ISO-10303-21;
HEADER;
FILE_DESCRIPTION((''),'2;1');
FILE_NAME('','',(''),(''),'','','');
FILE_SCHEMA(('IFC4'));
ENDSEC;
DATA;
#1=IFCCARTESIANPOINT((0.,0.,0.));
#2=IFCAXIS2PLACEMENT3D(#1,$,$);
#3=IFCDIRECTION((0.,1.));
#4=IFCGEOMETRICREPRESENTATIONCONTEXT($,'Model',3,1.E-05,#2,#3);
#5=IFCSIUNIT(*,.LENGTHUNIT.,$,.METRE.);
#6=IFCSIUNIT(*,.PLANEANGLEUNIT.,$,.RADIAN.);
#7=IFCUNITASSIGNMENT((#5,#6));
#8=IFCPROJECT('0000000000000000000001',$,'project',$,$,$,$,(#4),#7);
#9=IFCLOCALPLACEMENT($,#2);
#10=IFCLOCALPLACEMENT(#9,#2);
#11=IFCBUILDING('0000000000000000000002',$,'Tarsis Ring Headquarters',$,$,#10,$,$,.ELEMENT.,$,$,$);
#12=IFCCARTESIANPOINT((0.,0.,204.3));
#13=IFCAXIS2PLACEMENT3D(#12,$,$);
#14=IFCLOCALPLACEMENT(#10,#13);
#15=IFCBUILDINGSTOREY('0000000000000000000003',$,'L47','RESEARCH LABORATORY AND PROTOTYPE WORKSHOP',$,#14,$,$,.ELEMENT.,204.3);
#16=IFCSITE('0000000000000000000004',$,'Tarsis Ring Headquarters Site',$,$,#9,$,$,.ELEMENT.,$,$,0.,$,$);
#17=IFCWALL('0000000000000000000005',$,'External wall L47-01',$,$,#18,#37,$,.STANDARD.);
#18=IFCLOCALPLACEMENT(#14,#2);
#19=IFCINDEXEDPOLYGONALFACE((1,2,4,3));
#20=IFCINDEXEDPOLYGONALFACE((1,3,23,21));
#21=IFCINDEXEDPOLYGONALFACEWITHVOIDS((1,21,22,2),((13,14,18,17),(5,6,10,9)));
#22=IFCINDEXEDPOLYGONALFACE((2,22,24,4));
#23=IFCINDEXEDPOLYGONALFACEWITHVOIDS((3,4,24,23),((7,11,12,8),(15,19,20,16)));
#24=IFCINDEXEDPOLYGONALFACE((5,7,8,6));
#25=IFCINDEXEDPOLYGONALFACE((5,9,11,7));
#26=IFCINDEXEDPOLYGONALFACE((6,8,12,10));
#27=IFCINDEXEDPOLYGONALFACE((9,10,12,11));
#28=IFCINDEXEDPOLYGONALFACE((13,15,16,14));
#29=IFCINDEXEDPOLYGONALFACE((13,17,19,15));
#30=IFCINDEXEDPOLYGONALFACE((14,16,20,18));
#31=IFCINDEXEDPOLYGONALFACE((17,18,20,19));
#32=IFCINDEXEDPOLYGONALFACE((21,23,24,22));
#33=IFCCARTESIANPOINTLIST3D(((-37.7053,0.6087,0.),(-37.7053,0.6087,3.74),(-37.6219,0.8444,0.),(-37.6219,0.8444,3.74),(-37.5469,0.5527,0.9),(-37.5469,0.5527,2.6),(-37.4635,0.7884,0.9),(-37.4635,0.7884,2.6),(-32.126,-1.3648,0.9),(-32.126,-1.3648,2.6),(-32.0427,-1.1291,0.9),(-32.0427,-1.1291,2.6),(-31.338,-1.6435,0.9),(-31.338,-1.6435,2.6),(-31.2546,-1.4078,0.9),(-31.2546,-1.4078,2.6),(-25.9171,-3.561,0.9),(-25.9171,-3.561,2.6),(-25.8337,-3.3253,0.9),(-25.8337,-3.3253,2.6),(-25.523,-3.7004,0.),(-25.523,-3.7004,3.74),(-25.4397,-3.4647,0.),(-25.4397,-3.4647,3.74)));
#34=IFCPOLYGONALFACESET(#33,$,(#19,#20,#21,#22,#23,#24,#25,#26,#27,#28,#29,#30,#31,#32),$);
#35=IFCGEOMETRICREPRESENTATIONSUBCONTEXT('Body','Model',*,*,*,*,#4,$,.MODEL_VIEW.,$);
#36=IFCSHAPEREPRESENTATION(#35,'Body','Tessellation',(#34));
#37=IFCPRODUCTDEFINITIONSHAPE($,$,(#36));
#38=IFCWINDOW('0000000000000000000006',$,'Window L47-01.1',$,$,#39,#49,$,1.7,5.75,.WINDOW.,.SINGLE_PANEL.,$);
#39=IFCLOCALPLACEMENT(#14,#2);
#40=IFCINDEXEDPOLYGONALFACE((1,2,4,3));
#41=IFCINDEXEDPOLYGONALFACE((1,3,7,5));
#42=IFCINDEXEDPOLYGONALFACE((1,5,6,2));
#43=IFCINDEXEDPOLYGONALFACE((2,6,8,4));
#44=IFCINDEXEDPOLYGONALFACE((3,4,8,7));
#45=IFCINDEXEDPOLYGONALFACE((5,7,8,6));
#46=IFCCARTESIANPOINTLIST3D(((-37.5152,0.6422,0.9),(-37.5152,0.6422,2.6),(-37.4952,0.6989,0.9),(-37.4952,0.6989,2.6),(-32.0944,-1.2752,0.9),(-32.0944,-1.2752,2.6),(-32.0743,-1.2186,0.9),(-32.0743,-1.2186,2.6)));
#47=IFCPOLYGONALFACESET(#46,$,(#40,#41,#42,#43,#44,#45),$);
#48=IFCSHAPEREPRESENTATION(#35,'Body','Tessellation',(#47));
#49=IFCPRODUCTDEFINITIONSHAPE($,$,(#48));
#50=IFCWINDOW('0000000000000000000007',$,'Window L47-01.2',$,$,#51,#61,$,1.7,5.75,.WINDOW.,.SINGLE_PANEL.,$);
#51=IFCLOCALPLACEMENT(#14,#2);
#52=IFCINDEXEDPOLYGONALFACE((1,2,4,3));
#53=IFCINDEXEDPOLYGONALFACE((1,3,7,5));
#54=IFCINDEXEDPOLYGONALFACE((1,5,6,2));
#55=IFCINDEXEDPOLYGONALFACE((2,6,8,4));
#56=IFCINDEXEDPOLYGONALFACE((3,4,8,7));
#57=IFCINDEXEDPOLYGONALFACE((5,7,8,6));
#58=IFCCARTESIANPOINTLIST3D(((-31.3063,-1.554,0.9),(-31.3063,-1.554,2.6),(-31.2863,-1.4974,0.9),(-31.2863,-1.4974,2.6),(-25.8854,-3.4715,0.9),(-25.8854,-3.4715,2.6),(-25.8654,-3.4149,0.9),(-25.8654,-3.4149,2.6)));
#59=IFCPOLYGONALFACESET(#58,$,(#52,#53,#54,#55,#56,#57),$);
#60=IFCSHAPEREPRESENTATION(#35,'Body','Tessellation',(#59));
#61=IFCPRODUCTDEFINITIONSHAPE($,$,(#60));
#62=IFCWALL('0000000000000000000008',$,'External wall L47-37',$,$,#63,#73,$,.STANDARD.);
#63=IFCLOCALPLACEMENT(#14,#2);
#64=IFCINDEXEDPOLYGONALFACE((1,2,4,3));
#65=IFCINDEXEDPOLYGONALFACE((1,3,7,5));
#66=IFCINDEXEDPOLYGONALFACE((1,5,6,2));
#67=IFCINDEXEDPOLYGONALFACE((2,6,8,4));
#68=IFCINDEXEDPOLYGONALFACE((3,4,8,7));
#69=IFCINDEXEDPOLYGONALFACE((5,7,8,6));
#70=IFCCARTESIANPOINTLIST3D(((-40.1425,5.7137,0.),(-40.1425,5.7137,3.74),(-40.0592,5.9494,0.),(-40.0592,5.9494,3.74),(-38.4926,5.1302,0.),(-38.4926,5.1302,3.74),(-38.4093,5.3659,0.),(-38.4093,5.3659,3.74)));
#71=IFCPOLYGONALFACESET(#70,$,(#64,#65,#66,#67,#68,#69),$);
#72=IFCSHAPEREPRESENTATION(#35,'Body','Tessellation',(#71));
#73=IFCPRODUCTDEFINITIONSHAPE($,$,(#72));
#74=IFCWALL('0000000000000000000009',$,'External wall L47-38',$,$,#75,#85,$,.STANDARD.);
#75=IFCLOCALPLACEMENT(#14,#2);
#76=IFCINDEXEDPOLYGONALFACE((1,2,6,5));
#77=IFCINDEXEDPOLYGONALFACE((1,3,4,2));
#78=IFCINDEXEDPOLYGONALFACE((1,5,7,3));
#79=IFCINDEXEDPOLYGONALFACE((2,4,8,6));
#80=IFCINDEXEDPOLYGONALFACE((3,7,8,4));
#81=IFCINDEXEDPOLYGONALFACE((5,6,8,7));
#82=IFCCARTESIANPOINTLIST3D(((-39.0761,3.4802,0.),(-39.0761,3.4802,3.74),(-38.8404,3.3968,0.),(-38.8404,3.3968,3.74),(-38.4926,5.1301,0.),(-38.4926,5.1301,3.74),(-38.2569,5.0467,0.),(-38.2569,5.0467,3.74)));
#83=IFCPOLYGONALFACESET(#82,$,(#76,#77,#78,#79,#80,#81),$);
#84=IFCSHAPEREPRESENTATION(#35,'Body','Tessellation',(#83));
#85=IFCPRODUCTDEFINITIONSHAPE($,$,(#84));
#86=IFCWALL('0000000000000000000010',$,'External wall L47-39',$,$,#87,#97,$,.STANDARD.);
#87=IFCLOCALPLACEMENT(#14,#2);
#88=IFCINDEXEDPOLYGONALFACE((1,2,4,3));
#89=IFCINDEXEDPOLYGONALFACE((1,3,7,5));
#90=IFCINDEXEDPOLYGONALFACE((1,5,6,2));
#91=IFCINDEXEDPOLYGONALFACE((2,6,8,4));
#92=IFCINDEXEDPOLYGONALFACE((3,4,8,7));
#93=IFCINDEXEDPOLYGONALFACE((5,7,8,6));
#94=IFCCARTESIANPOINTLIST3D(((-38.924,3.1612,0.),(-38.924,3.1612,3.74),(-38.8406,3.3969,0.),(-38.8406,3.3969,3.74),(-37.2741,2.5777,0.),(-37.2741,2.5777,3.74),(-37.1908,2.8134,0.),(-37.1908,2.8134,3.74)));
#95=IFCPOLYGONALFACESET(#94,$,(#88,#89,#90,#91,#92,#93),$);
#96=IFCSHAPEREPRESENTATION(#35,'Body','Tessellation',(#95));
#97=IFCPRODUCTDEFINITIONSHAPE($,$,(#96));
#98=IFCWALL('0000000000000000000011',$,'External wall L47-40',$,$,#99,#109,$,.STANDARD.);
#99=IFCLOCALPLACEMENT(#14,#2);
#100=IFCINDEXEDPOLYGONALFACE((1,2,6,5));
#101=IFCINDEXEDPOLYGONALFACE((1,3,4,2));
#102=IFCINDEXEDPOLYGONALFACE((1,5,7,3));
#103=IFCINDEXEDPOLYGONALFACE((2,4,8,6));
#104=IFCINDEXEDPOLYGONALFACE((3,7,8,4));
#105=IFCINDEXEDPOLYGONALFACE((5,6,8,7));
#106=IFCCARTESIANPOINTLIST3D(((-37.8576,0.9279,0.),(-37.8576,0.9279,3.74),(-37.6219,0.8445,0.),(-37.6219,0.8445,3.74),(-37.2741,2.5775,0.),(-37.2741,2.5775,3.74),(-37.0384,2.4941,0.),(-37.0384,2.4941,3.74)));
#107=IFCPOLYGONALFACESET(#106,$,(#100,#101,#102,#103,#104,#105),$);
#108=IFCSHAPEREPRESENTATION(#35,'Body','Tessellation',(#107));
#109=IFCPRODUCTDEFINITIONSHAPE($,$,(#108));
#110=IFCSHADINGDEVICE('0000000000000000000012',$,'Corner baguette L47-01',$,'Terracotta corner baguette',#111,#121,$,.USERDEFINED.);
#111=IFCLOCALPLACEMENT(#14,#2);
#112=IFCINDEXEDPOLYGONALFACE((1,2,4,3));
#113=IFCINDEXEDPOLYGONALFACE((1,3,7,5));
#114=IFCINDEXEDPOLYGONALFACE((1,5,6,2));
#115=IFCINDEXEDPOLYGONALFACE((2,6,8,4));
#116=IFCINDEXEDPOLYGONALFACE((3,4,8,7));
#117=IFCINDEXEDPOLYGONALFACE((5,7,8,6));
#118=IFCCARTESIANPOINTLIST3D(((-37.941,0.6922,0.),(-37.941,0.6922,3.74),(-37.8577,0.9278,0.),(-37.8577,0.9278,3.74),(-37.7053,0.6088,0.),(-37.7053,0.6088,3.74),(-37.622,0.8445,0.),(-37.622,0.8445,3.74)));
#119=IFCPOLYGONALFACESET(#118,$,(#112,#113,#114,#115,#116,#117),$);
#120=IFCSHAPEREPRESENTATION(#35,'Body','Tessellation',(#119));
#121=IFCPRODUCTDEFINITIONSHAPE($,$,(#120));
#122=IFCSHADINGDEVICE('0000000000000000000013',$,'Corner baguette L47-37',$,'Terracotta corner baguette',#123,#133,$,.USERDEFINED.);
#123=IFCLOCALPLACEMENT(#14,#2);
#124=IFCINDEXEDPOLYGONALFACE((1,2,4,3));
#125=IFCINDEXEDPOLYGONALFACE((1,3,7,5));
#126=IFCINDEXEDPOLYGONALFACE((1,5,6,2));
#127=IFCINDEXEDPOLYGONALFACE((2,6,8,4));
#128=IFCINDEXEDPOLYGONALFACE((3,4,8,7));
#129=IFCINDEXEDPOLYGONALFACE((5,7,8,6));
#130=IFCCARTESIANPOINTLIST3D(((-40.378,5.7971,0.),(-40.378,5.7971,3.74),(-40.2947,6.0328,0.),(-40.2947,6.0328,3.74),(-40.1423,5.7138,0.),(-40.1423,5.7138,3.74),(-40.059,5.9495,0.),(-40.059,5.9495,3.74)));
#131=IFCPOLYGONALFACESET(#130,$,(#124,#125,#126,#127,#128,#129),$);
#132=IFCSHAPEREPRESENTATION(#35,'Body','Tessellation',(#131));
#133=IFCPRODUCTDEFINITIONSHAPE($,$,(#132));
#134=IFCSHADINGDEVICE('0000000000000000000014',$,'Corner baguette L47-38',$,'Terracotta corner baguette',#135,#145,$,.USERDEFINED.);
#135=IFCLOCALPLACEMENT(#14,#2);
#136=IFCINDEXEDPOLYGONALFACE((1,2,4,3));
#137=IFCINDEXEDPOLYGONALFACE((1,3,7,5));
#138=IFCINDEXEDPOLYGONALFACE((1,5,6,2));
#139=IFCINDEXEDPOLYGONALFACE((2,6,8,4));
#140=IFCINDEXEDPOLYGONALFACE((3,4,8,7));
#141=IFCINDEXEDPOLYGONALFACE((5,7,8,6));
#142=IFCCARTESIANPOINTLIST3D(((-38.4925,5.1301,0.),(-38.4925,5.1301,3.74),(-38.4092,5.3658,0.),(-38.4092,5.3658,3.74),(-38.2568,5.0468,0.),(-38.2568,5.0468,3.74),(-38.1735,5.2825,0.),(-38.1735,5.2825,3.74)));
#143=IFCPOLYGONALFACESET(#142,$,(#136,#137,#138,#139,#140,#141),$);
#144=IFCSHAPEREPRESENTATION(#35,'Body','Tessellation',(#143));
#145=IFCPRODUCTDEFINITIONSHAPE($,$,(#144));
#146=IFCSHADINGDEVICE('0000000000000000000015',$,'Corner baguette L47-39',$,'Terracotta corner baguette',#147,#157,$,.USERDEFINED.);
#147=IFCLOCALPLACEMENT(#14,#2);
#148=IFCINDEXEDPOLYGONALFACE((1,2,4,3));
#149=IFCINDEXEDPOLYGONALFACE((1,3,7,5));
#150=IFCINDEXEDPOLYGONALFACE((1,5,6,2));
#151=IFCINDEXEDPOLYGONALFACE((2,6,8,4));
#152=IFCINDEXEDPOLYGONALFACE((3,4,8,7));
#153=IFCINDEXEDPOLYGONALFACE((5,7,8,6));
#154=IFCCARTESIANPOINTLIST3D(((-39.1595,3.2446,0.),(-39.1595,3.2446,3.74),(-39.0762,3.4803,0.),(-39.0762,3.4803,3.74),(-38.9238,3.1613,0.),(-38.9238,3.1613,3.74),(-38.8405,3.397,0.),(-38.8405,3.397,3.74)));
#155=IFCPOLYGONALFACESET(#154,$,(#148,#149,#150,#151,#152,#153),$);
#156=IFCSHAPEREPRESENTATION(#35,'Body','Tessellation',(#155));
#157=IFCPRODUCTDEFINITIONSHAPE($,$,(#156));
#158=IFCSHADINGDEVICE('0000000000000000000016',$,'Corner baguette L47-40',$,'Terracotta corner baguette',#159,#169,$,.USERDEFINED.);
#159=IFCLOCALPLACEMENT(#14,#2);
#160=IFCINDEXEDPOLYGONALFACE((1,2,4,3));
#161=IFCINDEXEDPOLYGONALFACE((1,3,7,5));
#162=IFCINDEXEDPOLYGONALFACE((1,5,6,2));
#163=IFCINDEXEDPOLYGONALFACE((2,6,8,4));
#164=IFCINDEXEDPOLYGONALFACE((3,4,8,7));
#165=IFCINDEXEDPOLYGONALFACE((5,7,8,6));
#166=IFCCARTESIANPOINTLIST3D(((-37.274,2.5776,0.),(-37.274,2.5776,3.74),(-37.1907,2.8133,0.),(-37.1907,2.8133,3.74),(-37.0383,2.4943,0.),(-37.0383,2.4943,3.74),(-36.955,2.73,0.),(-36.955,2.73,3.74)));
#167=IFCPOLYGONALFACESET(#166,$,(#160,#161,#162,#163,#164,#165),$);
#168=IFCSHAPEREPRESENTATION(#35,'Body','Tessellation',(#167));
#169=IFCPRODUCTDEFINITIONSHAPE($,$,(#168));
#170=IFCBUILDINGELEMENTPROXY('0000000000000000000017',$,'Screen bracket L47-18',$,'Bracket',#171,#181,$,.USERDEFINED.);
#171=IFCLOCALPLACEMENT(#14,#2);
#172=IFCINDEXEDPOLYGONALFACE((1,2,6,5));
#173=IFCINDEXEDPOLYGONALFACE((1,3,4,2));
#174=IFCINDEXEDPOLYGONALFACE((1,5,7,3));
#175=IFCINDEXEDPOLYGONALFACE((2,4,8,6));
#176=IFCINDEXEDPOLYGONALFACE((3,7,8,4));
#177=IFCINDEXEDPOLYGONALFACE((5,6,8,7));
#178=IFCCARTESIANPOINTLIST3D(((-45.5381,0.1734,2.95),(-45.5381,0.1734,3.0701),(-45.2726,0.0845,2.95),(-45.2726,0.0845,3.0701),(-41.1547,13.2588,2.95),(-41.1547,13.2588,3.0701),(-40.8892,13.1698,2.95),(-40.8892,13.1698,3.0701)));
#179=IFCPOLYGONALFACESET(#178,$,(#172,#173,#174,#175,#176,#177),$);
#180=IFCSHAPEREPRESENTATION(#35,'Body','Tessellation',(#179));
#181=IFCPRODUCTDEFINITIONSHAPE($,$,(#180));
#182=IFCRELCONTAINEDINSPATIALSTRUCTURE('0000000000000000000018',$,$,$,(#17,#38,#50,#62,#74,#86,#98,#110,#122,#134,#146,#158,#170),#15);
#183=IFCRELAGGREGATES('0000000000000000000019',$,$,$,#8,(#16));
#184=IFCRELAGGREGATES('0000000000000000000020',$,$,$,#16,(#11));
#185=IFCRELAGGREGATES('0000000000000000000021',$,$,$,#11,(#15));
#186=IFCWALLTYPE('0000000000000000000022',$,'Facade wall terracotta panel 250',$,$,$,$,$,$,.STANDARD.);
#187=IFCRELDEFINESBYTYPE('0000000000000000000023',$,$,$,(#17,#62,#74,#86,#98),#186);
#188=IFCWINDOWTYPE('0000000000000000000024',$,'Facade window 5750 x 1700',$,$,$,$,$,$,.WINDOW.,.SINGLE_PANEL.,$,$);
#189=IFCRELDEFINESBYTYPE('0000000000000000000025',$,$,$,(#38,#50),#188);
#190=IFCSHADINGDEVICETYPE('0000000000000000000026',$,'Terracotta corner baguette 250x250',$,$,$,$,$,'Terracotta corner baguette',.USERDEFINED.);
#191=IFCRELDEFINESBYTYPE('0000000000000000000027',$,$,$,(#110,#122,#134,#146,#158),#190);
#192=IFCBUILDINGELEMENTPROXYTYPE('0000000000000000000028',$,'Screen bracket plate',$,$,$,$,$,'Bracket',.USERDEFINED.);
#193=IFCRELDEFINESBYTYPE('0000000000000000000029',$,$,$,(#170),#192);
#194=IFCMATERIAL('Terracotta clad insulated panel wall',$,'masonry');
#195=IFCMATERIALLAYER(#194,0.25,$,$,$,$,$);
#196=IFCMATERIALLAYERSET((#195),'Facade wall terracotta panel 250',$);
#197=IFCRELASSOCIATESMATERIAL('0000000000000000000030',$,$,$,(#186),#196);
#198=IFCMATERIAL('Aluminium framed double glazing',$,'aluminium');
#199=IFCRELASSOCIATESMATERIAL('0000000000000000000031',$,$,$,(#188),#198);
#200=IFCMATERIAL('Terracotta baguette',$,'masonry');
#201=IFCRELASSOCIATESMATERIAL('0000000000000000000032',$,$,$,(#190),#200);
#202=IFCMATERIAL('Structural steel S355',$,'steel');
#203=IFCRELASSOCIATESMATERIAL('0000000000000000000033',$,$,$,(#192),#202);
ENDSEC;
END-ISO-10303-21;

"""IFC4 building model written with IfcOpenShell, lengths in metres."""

from ifc_helpers import new_model, si_unit, direction, frame, frame_2d, origin, origin_2d, place, context, subcontext, project, spatial, rectangle, extrude, material, layer, layer_set, type_object, element, fill, save


model = new_model("IFC4")

# Units and contexts
model_context = context("Model", 3, precision=1e-05, world=origin(), true_north=direction((0.0, 1.0)))
body_context = subcontext(model_context, "Body", "Model", "MODEL_VIEW")
ifc_project = project(units=[si_unit("LENGTHUNIT", "METRE"), si_unit("PLANEANGLEUNIT", "RADIAN")], contexts=[model_context])

# Site, building, storey
site_placement = place(None, origin())
site = spatial("IfcSite", under=ifc_project, at=site_placement, Name="Tarsis Ring Headquarters Site", CompositionType="ELEMENT", RefElevation=0.0)
building_placement = place(site_placement, origin())
building = spatial("IfcBuilding", under=site, at=building_placement, Name="Tarsis Ring Headquarters", CompositionType="ELEMENT")
storey_placement = place(building_placement, frame((0.0, 0.0, 204.3)))
storey = spatial("IfcBuildingStorey", under=building, at=storey_placement, Name="L47", Description="RESEARCH LABORATORY AND PROTOTYPE WORKSHOP", CompositionType="ELEMENT", Elevation=204.3)

# Shared definitions
ifc_material_1 = material(Name="Structural steel S355", Category="steel")

# Wall, openings, windows
ifc_material_2 = material(Name="Terracotta clad insulated panel wall", Category="masonry")
ifc_layer_1 = layer(ifc_material_2, 0.25)
ifc_layer_set_1 = layer_set([ifc_layer_1], Name="Facade wall terracotta panel 250")
wall_type_1 = type_object("IfcWallType", Name="Facade wall terracotta panel 250", PredefinedType="STANDARD", material=ifc_layer_set_1)
wall_1_placement = place(storey_placement, frame((-37.6636, 0.7266, 0.0), z_axis=(0.0, 0.0, 1.0), x_axis=(0.942759, -0.333474, 0.0)))
wall_1 = element("IfcWall", 1, at=wall_1_placement, inside=storey, type_object=wall_type_1, Name="External wall L47-01", PredefinedType="STANDARD", context=body_context, shape_type="SweptSolid", body=[
    extrude(rectangle(XDim=12.9219, YDim=0.25, at=frame_2d((6.4609, 0.0))), origin(), (0.0, 0.0, 1.0), 3.74),
])
opening_1_placement = place(wall_1_placement, frame((0.168, 0.0, 0.8999)))
opening_1 = element("IfcOpeningElement", 2, at=opening_1_placement, cuts=wall_1, PredefinedType="OPENING", context=body_context, shape_type="SweptSolid", body=[
    extrude(rectangle(XDim=5.75, YDim=1.7, at=frame_2d((2.875, 0.8501))), frame((0.0, 0.135, 0.0), z_axis=(0.0, -1.0, 0.0), x_axis=(1.0, 0.0, 0.0)), (0.0, 0.0, 1.0), 0.27),
])
opening_2_placement = place(wall_1_placement, frame((6.7539, 0.0, 0.8999)))
opening_2 = element("IfcOpeningElement", 3, at=opening_2_placement, cuts=wall_1, PredefinedType="OPENING", context=body_context, shape_type="SweptSolid", body=[
    extrude(rectangle(XDim=5.75, YDim=1.7, at=frame_2d((2.875, 0.8501))), frame((0.0, 0.135, 0.0), z_axis=(0.0, -1.0, 0.0), x_axis=(1.0, 0.0, 0.0)), (0.0, 0.0, 1.0), 0.27),
])
ifc_material_3 = material(Name="Aluminium framed double glazing", Category="aluminium")
window_type = type_object("IfcWindowType", Name="Facade window 5750 x 1700", PartitioningType="SINGLE_PANEL", PredefinedType="WINDOW", material=ifc_material_3)
window_1_placement = place(opening_1_placement, origin())
window_1 = element("IfcWindow", 4, at=window_1_placement, inside=storey, type_object=window_type, Name="Window L47-01.1", OverallHeight=1.7, OverallWidth=5.75, PartitioningType="SINGLE_PANEL", PredefinedType="WINDOW", context=body_context, shape_type="SweptSolid", body=[
    extrude(rectangle(XDim=5.75, YDim=1.7, at=frame_2d((2.875, 0.8501))), frame((0.0, 0.03, 0.0), z_axis=(0.0, -1.0, 0.0), x_axis=(1.0, 0.0, 0.0)), (0.0, 0.0, 1.0), 0.0601),
])
fill(opening_1, window_1)
window_2_placement = place(opening_2_placement, origin())
window_2 = element("IfcWindow", 5, at=window_2_placement, inside=storey, type_object=window_type, Name="Window L47-01.2", OverallHeight=1.7, OverallWidth=5.75, PartitioningType="SINGLE_PANEL", PredefinedType="WINDOW", context=body_context, shape_type="SweptSolid", body=[
    extrude(rectangle(XDim=5.75, YDim=1.7, at=frame_2d((2.875, 0.8501))), frame((0.0, 0.03, 0.0), z_axis=(0.0, -1.0, 0.0), x_axis=(1.0, 0.0, 0.0)), (0.0, 0.0, 1.0), 0.0601),
])
fill(opening_2, window_2)

# Walls
for number, where, z_axis, x_axis, name in (
    (6, (-40.1008, 5.8315, 0.0), (0.0, 0.0, 1.0), (0.942779, -0.333418, 0.0), "External wall L47-37"),
    (7, (-38.3748, 5.0884, 0.0), (0.0, 0.0, 1.0), (-0.333418, -0.942779, 0.0), "External wall L47-38"),
    (8, (-38.8823, 3.2791, 0.0), (0.0, 0.0, 1.0), (0.942779, -0.333418, 0.0), "External wall L47-39"),
):
    element("IfcWall", number, at=place(storey_placement, frame(where, z_axis=z_axis, x_axis=x_axis)), inside=storey, type_object=wall_type_1, Name=name, PredefinedType="STANDARD", context=body_context, shape_type="SweptSolid", body=[
        extrude(rectangle(XDim=1.75, YDim=0.25, at=frame_2d((0.875, 0.0))), origin(), (0.0, 0.0, 1.0), 3.74),
    ])
wall_2_placement = place(storey_placement, frame((-37.1562, 2.5359, 0.0), z_axis=(0.0, 0.0, 1.0), x_axis=(-0.333462, -0.942763, 0.0)))
element("IfcWall", 9, at=wall_2_placement, inside=storey, type_object=wall_type_1, Name="External wall L47-40", PredefinedType="STANDARD", context=body_context, shape_type="SweptSolid", body=[
    extrude(rectangle(XDim=1.7498, YDim=0.25, at=frame_2d((0.875, 0.0))), origin(), (0.0, 0.0, 1.0), 3.74),
])

# Shading devices
ifc_material_4 = material(Name="Terracotta baguette", Category="masonry")
shading_device_type_1 = type_object("IfcShadingDeviceType", Name="Terracotta corner baguette 250x250", ElementType="Terracotta corner baguette", PredefinedType="USERDEFINED", material=ifc_material_4)
for number, where, z_axis, x_axis, name in (
    (10, (-37.7815, 0.7683, 0.0), (0.0, 0.0, 1.0), (-0.333478, -0.942758, 0.0), "Corner baguette L47-01"),
    (11, (-40.2185, 5.8733, 0.0), (0.0, 0.0, 1.0), (-0.333478, -0.942758, 0.0), "Corner baguette L47-37"),
    (12, (-38.333, 5.2063, 0.0), (0.0, 0.0, 1.0), (0.942758, -0.333478, 0.0), "Corner baguette L47-38"),
    (13, (-39.0, 3.3208, 0.0), (0.0, 0.0, 1.0), (-0.333478, -0.942758, 0.0), "Corner baguette L47-39"),
    (14, (-37.1145, 2.6538, 0.0), (0.0, 0.0, 1.0), (0.942758, -0.333478, 0.0), "Corner baguette L47-40"),
):
    element("IfcShadingDevice", number, at=place(storey_placement, frame(where, z_axis=z_axis, x_axis=x_axis)), inside=storey, type_object=shading_device_type_1, Name=name, ObjectType="Terracotta corner baguette", PredefinedType="USERDEFINED", context=body_context, shape_type="SweptSolid", body=[
        extrude(rectangle(XDim=0.25, YDim=0.25, at=origin_2d()), origin(), (0.0, 0.0, 1.0), 3.74),
    ])

# Building element proxy
building_element_proxy_type = type_object("IfcBuildingElementProxyType", Name="Screen bracket plate", ElementType="Bracket", PredefinedType="USERDEFINED", material=ifc_material_1)
proxy_placement = place(storey_placement, frame((-43.2136, 6.6716, 2.95), z_axis=(0.0, 0.0, 1.0), x_axis=(-0.317636, -0.948213, 0.0)))
element("IfcBuildingElementProxy", 15, at=proxy_placement, inside=storey, type_object=building_element_proxy_type, Name="Screen bracket L47-18", ObjectType="Bracket", PredefinedType="USERDEFINED", context=body_context, shape_type="SweptSolid", body=[
    extrude(rectangle(XDim=13.8, YDim=0.28, at=origin_2d()), origin(), (0.0, 0.0, 1.0), 0.1201),
])

save(model, "model.ifc")
